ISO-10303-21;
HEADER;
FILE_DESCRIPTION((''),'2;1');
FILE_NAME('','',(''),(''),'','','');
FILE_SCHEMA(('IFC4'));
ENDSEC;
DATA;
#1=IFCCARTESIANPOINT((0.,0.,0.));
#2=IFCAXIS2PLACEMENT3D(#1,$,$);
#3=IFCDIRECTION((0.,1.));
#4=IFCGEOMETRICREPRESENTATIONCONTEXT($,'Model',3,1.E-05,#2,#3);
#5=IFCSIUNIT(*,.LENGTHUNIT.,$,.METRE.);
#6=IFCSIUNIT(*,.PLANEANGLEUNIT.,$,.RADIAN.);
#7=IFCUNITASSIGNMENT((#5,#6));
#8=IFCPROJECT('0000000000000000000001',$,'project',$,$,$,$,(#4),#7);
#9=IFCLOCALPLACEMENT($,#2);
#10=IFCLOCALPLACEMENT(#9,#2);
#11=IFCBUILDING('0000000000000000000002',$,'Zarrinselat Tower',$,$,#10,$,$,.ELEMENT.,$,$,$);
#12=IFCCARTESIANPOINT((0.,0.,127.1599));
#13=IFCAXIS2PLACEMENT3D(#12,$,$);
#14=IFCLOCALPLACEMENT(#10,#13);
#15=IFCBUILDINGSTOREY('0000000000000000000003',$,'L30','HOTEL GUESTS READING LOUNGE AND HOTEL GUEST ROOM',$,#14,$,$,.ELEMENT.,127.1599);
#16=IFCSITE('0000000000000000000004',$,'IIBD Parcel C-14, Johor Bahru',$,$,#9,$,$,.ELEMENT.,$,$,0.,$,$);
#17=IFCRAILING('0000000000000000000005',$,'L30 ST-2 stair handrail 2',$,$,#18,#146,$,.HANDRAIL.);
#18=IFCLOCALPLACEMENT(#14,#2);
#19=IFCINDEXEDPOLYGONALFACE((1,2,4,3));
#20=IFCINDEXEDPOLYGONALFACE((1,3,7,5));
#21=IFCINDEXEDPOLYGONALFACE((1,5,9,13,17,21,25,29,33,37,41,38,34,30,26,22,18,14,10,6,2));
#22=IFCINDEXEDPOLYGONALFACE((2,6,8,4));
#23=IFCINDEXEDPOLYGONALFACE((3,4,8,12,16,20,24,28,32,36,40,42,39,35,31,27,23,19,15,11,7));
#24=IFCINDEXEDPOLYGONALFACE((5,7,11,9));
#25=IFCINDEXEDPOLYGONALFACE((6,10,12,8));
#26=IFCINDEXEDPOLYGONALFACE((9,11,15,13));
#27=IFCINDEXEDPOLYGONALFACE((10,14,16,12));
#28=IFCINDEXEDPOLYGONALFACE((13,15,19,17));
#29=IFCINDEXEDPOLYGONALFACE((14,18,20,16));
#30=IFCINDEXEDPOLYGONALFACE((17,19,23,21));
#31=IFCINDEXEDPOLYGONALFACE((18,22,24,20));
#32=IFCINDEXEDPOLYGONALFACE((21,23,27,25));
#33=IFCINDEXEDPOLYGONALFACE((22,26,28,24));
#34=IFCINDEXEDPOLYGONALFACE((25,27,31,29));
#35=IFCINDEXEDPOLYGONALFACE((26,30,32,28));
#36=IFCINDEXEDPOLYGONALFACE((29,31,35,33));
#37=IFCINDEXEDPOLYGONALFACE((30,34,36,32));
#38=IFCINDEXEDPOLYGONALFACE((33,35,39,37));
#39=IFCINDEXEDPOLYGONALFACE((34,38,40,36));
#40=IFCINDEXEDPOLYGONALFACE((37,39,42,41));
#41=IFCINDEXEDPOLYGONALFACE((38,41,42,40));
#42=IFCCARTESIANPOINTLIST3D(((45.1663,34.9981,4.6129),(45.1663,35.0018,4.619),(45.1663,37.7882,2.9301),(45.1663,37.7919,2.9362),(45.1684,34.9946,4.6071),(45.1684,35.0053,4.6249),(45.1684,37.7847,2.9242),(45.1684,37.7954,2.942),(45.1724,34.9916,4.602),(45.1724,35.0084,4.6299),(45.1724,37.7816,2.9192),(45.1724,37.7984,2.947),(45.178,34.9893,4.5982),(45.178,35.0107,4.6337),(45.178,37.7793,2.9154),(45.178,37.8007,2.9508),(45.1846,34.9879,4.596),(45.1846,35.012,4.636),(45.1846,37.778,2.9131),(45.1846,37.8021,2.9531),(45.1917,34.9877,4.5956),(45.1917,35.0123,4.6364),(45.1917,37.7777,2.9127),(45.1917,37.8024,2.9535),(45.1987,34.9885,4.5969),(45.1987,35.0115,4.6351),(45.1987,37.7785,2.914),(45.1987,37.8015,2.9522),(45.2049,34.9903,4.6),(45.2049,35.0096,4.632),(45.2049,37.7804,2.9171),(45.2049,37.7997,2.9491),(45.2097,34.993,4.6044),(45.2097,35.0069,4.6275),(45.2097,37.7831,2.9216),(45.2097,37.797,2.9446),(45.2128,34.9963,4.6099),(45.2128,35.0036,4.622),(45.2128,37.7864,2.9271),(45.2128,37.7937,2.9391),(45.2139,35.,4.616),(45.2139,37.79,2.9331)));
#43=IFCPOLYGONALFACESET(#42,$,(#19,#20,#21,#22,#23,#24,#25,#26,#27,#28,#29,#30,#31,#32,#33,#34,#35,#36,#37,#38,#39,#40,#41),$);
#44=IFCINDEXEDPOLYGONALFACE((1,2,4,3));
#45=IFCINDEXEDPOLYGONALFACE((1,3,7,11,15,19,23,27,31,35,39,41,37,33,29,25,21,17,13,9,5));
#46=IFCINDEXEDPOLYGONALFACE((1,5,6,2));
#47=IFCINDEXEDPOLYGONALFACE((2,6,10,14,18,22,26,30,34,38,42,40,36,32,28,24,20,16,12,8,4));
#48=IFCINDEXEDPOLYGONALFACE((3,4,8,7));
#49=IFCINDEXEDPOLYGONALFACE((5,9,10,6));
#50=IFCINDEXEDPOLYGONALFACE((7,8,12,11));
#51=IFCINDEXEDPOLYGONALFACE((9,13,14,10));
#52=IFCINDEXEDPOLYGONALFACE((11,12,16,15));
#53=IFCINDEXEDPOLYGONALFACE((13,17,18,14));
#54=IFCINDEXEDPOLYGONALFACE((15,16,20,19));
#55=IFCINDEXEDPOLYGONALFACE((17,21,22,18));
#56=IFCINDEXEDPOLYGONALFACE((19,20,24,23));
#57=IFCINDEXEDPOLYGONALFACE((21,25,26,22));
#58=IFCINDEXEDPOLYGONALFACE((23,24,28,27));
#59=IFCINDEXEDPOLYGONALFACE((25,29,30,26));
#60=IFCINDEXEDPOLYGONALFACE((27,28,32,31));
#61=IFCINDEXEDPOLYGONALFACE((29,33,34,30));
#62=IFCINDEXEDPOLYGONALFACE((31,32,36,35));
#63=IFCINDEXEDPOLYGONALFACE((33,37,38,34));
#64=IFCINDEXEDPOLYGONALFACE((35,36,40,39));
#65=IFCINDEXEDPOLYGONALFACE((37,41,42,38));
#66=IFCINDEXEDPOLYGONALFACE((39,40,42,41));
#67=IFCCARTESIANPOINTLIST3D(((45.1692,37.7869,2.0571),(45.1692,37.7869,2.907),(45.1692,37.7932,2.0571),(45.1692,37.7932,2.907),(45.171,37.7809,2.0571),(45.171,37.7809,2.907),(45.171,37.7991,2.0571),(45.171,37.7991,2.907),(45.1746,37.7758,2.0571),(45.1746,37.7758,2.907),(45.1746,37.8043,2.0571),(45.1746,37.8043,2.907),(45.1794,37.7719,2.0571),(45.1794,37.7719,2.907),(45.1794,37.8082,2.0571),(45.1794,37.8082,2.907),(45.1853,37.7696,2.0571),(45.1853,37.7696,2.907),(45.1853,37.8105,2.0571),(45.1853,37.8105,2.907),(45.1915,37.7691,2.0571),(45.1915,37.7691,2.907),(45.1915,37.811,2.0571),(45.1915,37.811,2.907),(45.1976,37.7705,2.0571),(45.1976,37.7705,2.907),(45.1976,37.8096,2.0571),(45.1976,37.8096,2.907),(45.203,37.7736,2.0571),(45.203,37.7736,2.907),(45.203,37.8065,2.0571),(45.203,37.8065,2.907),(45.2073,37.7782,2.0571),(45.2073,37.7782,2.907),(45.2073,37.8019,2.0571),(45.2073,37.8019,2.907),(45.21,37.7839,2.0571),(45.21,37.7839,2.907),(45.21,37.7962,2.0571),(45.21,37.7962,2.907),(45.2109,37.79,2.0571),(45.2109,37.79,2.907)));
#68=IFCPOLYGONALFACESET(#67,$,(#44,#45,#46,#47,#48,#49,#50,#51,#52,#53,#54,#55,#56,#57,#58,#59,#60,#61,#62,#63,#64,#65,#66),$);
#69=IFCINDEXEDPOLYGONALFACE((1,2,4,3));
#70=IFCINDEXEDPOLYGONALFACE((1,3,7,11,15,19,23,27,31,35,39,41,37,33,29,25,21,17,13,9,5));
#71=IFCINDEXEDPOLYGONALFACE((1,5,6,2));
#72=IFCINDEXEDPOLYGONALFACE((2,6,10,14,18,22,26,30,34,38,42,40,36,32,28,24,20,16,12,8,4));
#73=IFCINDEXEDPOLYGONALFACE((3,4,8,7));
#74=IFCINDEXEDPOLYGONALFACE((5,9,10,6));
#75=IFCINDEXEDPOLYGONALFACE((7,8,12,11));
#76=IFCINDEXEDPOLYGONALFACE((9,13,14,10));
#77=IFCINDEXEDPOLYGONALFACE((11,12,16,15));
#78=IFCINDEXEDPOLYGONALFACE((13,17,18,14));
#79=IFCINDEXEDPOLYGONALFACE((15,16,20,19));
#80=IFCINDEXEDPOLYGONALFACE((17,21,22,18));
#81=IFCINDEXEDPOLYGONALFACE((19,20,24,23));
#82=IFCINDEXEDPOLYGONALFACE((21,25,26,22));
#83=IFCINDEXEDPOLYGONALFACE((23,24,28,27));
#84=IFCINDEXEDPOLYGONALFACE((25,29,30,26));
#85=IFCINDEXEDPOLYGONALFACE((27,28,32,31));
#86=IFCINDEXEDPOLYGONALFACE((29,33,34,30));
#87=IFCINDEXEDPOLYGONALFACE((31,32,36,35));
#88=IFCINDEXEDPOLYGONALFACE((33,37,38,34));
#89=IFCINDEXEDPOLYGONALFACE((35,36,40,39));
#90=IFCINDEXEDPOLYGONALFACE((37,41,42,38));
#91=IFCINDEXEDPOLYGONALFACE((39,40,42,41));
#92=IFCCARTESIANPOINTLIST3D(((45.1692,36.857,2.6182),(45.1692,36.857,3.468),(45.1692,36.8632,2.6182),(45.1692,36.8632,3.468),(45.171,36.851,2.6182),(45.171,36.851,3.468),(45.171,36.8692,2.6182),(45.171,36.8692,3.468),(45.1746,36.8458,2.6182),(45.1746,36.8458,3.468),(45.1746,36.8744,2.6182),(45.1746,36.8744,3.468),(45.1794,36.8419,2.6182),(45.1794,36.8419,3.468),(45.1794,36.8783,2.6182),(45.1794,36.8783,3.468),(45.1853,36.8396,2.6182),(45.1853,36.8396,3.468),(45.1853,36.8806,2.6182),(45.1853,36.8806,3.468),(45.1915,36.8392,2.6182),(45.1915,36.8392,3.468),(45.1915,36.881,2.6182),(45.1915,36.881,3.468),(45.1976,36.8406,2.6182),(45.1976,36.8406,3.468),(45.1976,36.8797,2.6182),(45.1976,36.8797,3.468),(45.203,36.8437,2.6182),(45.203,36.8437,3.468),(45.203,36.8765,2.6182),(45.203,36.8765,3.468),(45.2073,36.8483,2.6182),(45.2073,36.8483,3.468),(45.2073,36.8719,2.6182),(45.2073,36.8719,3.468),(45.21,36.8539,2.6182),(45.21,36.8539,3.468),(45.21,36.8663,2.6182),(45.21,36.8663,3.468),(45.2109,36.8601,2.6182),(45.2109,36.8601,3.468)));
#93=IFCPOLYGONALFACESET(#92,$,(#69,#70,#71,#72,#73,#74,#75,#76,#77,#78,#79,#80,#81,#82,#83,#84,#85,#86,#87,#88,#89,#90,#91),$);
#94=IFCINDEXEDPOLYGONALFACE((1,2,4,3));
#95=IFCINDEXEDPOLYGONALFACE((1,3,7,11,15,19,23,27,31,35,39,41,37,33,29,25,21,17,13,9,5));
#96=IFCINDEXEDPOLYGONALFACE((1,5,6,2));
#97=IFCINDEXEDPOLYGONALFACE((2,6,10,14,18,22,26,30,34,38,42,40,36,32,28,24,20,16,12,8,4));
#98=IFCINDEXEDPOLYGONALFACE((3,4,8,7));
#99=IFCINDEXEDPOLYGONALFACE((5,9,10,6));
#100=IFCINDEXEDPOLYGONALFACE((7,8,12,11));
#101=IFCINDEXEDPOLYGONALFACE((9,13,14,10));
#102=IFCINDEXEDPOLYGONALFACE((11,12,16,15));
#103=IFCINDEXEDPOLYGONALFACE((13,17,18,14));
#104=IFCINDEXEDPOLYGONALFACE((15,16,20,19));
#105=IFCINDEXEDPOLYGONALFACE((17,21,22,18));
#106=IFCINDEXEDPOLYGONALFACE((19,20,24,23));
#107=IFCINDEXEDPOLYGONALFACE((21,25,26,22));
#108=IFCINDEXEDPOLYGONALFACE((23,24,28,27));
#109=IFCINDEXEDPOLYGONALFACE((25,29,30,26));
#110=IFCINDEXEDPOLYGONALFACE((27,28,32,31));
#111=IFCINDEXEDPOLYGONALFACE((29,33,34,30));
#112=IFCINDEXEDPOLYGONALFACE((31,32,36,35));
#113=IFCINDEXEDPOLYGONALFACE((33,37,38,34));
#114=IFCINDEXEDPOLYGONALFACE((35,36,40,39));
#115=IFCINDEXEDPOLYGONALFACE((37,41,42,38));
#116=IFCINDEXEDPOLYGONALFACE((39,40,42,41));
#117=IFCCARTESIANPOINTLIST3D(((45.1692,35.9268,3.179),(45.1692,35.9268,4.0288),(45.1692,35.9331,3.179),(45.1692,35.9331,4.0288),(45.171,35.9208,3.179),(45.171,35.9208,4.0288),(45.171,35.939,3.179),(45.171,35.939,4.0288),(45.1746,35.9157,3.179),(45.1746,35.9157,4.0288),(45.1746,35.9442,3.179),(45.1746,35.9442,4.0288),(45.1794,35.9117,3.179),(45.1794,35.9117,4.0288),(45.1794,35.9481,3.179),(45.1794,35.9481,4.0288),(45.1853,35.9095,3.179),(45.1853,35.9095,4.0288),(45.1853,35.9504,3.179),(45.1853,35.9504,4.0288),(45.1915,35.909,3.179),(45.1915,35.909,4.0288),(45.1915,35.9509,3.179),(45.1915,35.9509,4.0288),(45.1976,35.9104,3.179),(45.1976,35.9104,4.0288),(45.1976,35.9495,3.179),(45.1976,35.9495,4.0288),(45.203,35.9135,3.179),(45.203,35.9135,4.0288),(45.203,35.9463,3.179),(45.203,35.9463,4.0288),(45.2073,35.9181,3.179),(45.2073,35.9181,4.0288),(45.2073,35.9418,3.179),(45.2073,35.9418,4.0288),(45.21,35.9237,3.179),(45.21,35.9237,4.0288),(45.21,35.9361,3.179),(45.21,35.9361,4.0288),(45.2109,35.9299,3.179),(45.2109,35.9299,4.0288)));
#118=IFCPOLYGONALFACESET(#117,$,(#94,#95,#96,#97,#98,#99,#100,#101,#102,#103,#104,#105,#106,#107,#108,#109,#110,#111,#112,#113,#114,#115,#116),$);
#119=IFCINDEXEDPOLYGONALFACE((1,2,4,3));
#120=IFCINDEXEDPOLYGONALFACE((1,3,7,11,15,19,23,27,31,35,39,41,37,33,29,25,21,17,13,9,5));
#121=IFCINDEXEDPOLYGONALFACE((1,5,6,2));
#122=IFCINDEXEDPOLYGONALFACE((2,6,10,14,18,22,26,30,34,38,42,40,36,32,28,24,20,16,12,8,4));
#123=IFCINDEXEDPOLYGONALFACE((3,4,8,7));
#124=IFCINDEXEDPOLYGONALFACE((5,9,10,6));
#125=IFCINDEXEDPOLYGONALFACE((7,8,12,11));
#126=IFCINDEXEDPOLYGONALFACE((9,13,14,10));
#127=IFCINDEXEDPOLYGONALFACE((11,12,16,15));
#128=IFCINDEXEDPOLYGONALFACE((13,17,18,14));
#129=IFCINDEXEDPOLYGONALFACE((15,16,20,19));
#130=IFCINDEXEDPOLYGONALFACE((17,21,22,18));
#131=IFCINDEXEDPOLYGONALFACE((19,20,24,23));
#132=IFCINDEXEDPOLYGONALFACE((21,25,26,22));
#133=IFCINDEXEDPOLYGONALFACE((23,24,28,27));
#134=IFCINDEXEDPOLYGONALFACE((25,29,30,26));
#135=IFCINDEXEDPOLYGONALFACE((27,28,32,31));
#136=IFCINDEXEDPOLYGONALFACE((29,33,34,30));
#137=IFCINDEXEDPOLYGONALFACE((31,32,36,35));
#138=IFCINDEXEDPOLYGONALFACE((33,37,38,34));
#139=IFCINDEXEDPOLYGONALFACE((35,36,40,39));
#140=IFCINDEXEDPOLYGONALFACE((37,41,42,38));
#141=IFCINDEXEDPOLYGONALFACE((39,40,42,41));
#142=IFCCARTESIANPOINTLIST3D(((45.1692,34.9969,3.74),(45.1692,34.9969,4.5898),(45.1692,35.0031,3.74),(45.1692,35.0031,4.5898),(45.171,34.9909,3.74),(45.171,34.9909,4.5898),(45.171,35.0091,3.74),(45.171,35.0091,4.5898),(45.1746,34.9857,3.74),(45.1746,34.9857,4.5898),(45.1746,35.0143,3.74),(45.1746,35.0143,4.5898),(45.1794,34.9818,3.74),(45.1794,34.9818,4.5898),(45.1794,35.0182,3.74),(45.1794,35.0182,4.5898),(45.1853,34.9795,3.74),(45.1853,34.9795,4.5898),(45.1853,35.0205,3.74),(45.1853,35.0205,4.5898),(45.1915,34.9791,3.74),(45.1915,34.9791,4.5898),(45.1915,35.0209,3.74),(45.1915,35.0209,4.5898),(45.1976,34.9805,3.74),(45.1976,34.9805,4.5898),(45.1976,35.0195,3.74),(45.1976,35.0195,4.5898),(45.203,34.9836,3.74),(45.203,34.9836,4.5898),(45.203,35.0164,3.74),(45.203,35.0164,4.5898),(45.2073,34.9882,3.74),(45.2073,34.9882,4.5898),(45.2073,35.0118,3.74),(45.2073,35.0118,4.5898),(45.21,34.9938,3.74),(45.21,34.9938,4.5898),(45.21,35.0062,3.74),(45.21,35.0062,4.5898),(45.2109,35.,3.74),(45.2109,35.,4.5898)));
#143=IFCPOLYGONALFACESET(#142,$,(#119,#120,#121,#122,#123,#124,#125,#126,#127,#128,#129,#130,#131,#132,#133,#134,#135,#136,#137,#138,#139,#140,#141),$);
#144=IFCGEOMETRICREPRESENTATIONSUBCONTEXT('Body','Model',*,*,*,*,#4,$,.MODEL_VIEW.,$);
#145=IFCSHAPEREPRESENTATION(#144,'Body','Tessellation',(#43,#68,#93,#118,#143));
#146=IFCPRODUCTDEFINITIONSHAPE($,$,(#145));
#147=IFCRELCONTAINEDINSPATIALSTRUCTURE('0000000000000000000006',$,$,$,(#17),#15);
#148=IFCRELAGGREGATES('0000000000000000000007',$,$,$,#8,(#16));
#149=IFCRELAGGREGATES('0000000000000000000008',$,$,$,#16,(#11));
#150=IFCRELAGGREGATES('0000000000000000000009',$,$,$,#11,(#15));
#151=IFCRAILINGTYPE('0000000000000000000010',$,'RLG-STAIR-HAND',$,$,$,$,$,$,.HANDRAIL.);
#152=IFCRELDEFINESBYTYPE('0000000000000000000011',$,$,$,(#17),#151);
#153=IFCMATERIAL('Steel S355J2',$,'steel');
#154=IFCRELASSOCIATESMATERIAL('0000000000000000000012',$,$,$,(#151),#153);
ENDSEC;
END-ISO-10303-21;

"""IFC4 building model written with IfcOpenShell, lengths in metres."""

from ifc_helpers import new_model, si_unit, direction, frame, origin, origin_2d, place, context, subcontext, project, spatial, circle, extrude, material, type_object, element, save


model = new_model("IFC4")

# Units and contexts
model_context = context("Model", 3, precision=1e-05, world=origin(), true_north=direction((0.0, 1.0)))
body_context = subcontext(model_context, "Body", "Model", "MODEL_VIEW")
ifc_project = project(units=[si_unit("LENGTHUNIT", "METRE"), si_unit("PLANEANGLEUNIT", "RADIAN")], contexts=[model_context])

# Site, building, storey
site_placement = place(None, origin())
site = spatial("IfcSite", under=ifc_project, at=site_placement, Name="IIBD Parcel C-14, Johor Bahru", CompositionType="ELEMENT", RefElevation=0.0)
building_placement = place(site_placement, origin())
building = spatial("IfcBuilding", under=site, at=building_placement, Name="Zarrinselat Tower", CompositionType="ELEMENT")
storey_placement = place(building_placement, frame((0.0, 0.0, 127.1599)))
storey = spatial("IfcBuildingStorey", under=building, at=storey_placement, Name="L30", Description="HOTEL GUESTS READING LOUNGE AND HOTEL GUEST ROOM", CompositionType="ELEMENT", Elevation=127.1599)

# Railing
ifc_material_1 = material(Name="Steel S355J2", Category="steel")
railing_type_1 = type_object("IfcRailingType", Name="RLG-STAIR-HAND", PredefinedType="HANDRAIL", material=ifc_material_1)
railing_1_placement = place(storey_placement, frame((45.1899, 37.79, 2.0571)))
element("IfcRailing", 1, at=railing_1_placement, inside=storey, type_object=railing_type_1, Name="L30 ST-2 stair handrail 2", PredefinedType="HANDRAIL", context=body_context, shape_type="SweptSolid", body=[
    extrude(circle(Radius=0.0239, at=origin_2d()), frame((0.0, 0.0, 0.876), z_axis=(0.0, -0.856294, 0.516489), x_axis=(1.0, 0.0, 0.0)), (0.0, 0.0, 1.0), 3.2583),
    extrude(circle(Radius=0.021, at=origin_2d()), origin(), (0.0, 0.0, 1.0), 0.8499),
    extrude(circle(Radius=0.021, at=origin_2d()), frame((0.0, -0.9299, 0.561)), (0.0, 0.0, 1.0), 0.8499),
    extrude(circle(Radius=0.021, at=origin_2d()), frame((0.0, -1.8601, 1.1218)), (0.0, 0.0, 1.0), 0.8499),
    extrude(circle(Radius=0.021, at=origin_2d()), frame((0.0, -2.79, 1.6829)), (0.0, 0.0, 1.0), 0.8499),
])

save(model, "model.ifc")
